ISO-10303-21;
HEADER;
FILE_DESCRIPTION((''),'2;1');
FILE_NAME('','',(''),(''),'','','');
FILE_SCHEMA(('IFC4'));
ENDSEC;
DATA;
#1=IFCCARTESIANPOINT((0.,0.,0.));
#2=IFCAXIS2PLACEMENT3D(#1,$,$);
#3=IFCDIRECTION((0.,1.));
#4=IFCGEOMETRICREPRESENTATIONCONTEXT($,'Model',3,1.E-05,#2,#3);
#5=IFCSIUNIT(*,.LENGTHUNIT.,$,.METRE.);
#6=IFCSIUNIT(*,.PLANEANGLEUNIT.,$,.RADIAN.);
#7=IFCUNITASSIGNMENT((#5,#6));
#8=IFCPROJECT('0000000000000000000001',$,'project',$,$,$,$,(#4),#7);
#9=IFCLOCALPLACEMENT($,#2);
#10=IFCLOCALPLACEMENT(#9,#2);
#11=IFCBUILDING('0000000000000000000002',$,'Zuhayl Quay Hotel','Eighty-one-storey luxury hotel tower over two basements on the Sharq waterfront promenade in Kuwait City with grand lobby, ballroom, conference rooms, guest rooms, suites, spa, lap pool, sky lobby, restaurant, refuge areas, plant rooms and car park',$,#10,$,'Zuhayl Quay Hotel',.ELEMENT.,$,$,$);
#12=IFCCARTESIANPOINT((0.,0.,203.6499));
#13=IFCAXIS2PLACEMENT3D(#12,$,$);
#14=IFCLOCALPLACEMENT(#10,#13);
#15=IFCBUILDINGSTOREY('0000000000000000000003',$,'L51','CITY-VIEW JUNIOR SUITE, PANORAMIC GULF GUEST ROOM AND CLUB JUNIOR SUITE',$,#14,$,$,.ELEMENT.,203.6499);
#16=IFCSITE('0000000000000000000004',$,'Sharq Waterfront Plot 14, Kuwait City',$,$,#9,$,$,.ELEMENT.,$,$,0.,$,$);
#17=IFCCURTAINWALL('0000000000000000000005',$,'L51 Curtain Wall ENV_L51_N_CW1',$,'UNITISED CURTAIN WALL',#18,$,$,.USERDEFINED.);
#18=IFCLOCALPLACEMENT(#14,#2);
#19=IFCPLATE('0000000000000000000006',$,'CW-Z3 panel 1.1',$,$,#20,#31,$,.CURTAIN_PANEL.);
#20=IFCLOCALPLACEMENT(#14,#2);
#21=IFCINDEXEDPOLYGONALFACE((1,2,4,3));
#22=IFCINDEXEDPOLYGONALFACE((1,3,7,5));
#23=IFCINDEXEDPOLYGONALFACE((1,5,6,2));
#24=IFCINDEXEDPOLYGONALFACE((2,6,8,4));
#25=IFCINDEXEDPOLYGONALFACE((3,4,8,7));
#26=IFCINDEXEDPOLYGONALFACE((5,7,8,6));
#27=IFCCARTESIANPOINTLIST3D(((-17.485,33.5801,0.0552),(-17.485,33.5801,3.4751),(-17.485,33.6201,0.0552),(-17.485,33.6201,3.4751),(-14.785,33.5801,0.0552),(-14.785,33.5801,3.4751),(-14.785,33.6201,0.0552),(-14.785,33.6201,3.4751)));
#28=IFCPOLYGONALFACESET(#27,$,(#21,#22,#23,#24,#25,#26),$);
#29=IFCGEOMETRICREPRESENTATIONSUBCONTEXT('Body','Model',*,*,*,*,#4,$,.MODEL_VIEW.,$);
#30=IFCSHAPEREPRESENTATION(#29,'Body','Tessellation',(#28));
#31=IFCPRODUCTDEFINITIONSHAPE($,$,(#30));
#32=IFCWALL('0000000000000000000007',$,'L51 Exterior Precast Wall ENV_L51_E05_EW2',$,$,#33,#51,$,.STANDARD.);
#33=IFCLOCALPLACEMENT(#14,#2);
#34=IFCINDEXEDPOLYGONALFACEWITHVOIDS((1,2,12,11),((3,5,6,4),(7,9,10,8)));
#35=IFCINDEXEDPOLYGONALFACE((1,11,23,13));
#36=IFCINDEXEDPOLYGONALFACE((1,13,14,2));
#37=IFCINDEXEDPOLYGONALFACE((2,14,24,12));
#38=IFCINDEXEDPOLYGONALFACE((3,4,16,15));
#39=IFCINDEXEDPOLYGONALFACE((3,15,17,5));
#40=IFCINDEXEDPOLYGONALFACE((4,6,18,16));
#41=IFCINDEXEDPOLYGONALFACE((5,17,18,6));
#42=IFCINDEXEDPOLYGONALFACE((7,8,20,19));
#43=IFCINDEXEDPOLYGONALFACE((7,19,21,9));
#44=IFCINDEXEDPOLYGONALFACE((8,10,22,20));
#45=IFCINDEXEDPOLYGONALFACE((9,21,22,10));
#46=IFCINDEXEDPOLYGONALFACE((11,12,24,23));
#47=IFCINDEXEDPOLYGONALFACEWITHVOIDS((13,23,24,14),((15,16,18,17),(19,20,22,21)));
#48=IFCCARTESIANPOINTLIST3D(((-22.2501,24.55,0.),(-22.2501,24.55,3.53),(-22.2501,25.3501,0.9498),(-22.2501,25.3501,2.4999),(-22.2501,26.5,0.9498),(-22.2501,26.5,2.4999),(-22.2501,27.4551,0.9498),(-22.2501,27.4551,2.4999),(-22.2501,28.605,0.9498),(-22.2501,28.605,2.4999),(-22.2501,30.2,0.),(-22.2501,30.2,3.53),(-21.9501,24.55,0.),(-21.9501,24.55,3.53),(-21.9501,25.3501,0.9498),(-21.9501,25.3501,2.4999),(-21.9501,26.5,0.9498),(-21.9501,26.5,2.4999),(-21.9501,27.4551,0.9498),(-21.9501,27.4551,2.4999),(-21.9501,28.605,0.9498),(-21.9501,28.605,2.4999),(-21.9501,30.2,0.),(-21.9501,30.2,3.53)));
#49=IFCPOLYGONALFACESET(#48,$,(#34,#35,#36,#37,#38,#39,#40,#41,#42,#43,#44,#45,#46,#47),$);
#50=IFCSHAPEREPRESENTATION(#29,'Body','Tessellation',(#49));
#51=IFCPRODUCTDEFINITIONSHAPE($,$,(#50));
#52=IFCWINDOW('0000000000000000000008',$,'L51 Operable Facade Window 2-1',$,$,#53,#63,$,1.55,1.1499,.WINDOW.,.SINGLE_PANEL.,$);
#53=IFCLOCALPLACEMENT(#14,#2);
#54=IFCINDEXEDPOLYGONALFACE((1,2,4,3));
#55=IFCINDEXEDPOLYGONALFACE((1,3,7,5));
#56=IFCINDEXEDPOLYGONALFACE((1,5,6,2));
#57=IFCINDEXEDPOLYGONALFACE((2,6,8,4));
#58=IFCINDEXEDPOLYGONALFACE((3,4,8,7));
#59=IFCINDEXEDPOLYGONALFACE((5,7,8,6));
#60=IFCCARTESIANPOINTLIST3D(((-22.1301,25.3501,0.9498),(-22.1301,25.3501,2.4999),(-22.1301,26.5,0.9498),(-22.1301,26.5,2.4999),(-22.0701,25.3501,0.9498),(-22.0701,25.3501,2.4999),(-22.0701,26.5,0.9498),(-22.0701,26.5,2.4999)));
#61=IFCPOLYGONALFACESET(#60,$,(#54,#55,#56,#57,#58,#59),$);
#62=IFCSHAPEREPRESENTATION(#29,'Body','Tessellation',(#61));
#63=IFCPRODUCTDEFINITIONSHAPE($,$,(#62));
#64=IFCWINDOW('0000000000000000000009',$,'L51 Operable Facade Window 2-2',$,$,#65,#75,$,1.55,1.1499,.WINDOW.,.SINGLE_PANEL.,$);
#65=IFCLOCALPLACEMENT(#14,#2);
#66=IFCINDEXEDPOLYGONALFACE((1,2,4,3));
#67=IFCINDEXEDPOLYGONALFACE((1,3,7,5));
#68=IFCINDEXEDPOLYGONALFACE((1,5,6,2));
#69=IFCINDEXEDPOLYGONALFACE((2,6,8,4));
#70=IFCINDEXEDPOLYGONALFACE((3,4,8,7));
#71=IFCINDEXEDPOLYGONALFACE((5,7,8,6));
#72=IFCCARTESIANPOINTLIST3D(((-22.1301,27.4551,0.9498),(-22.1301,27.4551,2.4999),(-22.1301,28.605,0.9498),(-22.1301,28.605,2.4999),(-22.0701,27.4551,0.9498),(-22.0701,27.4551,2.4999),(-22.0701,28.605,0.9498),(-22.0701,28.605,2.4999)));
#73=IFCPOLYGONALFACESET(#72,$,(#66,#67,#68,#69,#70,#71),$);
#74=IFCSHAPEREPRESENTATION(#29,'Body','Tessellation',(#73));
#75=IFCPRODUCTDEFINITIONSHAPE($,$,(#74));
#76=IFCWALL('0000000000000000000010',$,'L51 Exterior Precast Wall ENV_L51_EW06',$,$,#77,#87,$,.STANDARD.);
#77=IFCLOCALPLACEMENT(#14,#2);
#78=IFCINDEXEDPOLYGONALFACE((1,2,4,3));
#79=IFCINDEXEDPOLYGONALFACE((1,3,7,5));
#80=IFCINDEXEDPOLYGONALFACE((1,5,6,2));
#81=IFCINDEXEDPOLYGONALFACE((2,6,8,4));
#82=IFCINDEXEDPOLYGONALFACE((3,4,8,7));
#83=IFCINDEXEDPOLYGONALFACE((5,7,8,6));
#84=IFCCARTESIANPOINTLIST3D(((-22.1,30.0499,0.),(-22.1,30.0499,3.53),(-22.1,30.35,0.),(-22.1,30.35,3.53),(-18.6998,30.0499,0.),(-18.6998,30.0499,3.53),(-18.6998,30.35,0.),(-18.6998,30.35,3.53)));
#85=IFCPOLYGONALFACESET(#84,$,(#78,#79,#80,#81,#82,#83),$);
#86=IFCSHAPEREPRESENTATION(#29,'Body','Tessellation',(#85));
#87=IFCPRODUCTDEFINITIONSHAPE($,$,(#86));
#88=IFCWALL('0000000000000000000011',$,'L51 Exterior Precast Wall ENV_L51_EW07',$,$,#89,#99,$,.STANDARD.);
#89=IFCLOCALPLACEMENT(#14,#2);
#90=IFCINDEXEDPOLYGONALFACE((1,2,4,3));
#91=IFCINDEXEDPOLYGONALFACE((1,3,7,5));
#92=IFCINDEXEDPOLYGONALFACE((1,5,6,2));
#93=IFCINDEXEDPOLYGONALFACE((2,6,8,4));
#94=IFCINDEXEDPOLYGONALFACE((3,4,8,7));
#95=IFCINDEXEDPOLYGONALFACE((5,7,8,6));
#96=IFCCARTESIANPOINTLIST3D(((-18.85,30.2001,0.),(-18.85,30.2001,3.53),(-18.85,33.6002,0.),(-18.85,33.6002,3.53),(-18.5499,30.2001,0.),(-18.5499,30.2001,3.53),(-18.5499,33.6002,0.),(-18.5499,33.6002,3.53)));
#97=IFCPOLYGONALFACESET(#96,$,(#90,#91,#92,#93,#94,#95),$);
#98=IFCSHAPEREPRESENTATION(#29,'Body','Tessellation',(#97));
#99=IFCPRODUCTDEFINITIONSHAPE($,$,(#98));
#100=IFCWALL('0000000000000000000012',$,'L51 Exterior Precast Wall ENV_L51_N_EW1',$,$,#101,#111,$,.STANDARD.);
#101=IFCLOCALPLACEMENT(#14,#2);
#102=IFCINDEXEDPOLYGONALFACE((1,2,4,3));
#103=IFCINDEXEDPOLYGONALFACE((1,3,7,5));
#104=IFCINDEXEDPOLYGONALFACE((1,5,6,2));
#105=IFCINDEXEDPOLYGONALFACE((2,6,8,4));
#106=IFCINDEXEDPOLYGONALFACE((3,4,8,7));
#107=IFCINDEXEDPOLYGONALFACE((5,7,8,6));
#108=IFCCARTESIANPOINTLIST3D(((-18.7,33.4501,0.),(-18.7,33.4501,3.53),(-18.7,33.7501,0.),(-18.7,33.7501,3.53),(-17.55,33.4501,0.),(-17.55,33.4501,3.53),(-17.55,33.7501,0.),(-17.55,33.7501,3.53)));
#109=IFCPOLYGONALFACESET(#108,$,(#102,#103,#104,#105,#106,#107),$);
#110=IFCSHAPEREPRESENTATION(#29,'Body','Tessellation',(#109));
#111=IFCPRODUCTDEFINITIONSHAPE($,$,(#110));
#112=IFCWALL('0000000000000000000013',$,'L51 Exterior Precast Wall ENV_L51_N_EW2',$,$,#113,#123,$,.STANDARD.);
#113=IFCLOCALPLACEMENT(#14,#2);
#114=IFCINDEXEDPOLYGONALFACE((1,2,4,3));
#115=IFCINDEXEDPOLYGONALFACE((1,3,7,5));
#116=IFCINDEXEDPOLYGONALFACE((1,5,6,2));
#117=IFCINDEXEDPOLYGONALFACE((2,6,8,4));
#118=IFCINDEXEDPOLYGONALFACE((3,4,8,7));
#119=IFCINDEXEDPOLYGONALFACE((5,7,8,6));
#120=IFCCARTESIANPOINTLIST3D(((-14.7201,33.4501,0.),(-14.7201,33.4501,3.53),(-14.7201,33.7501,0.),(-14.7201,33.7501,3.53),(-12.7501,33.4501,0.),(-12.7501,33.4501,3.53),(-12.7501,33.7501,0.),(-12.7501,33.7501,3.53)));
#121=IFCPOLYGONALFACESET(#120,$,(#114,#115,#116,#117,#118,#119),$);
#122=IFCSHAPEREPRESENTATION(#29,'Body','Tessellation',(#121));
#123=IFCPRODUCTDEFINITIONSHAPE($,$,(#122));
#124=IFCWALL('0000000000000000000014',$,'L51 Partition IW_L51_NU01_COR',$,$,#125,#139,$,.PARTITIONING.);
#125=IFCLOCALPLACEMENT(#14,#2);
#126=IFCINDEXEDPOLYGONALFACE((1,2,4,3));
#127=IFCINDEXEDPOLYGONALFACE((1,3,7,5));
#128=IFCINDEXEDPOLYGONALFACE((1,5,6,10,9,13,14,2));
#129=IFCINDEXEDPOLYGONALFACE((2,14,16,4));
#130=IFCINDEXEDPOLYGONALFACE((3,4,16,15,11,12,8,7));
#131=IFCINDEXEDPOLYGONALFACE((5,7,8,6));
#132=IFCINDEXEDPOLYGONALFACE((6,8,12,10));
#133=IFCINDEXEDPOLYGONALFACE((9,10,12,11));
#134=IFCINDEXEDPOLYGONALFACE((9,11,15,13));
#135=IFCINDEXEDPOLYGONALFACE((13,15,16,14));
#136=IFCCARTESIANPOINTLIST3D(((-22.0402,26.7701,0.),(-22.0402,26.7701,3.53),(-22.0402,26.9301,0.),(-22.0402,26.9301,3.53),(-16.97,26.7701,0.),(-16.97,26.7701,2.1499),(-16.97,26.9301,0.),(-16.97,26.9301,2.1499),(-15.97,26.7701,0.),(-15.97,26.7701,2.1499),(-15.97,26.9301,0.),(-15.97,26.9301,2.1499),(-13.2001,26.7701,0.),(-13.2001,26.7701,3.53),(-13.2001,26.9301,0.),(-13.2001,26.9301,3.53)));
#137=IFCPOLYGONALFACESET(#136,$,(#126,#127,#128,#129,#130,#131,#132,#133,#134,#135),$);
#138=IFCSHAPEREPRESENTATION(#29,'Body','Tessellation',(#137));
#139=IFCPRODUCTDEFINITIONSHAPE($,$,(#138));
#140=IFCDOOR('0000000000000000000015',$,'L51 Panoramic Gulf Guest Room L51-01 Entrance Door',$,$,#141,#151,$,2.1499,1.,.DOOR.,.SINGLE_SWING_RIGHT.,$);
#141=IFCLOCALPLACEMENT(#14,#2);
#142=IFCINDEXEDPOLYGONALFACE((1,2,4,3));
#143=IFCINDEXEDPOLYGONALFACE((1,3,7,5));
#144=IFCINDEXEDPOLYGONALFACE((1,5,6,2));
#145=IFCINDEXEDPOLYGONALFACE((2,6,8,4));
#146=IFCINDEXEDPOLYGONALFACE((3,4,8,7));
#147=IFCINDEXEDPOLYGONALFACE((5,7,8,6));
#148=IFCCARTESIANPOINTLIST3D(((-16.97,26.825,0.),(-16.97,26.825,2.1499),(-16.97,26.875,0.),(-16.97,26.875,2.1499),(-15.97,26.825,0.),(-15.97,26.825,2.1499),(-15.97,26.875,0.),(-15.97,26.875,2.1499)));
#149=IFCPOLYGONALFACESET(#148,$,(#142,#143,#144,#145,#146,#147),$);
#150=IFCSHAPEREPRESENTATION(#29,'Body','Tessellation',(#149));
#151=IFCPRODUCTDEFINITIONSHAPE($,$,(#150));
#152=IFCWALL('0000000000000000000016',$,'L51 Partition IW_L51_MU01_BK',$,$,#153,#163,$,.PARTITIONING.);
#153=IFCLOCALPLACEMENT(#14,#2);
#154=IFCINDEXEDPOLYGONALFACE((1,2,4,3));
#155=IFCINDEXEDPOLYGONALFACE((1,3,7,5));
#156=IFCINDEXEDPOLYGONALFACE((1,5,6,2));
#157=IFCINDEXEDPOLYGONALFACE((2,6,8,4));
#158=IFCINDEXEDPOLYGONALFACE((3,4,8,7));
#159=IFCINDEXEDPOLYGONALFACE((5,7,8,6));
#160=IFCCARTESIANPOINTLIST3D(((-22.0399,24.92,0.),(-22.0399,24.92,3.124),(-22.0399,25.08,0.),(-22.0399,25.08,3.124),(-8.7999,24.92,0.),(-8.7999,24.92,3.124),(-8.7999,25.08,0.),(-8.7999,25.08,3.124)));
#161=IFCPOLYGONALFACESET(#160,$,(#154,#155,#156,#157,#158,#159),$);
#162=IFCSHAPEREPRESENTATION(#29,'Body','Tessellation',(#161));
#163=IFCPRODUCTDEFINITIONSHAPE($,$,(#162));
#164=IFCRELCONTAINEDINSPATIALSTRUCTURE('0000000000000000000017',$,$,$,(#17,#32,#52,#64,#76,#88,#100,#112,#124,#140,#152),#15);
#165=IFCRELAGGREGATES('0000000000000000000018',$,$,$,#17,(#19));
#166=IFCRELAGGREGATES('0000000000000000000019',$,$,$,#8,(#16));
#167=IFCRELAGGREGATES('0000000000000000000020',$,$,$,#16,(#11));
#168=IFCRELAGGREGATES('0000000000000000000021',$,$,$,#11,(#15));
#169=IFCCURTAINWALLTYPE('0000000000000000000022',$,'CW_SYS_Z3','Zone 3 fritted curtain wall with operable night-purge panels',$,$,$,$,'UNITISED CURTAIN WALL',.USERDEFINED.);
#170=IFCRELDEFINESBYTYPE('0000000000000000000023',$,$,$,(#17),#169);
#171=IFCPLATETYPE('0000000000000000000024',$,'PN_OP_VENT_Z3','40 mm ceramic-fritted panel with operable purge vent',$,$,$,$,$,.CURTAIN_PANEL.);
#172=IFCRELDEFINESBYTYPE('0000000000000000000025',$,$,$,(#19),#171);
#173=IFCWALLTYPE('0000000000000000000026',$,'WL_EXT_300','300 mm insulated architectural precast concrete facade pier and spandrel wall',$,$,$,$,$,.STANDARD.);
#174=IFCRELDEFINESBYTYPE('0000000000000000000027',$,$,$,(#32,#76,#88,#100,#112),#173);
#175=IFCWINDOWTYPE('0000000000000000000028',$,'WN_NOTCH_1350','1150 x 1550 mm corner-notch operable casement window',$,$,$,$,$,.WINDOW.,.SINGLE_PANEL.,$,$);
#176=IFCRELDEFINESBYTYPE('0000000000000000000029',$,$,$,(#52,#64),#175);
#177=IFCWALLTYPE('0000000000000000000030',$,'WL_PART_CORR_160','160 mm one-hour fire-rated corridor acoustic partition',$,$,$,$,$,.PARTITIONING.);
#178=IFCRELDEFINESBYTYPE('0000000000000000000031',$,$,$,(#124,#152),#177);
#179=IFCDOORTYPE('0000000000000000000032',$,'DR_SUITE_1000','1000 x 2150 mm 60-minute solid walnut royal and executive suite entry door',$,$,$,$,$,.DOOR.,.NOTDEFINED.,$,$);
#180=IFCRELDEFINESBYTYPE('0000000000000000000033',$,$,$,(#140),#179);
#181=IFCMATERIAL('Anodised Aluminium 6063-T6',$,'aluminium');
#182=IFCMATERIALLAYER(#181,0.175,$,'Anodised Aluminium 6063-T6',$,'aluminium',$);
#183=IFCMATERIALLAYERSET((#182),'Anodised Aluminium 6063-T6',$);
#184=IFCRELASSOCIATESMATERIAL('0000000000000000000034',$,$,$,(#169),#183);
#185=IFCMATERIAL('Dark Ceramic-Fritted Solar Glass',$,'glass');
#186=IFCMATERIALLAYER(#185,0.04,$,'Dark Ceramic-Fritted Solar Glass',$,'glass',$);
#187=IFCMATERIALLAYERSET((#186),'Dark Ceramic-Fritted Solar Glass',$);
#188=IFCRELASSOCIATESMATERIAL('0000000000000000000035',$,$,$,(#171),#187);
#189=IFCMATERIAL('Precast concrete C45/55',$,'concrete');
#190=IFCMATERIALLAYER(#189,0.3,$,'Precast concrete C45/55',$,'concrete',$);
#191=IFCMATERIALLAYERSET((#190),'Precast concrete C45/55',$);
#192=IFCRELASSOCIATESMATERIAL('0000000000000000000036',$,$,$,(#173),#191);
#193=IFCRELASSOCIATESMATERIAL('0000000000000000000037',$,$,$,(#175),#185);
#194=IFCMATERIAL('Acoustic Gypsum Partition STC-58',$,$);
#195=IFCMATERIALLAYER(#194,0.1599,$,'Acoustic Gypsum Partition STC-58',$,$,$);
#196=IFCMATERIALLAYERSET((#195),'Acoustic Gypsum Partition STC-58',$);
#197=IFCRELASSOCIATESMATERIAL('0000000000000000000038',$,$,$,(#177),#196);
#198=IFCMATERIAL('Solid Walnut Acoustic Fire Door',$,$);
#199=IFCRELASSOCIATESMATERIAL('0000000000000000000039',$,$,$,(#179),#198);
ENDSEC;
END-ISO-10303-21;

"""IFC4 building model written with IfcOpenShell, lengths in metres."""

from ifc_helpers import new_model, si_unit, direction, frame, frame_2d, origin, origin_2d, place, context, subcontext, project, spatial, rectangle, extrude, material, layer, layer_set, type_object, element, fill, aggregate, save


model = new_model("IFC4")

# Units and contexts
model_context = context("Model", 3, precision=1e-05, world=origin(), true_north=direction((0.0, 1.0)))
body_context = subcontext(model_context, "Body", "Model", "MODEL_VIEW")
ifc_project = project(units=[si_unit("LENGTHUNIT", "METRE"), si_unit("PLANEANGLEUNIT", "RADIAN")], contexts=[model_context])

# Site, building, storey
site_placement = place(None, origin())
site = spatial("IfcSite", under=ifc_project, at=site_placement, Name="Sharq Waterfront Plot 14, Kuwait City", CompositionType="ELEMENT", RefElevation=0.0)
building_placement = place(site_placement, origin())
building = spatial("IfcBuilding", under=site, at=building_placement, Name="Zuhayl Quay Hotel", Description="Eighty-one-storey luxury hotel tower over two basements on the Sharq waterfront promenade in Kuwait City with grand lobby, ballroom, conference rooms, guest rooms, suites, spa, lap pool, sky lobby, restaurant, refuge areas, plant rooms and car park", LongName="Zuhayl Quay Hotel", CompositionType="ELEMENT")
storey_placement = place(building_placement, frame((0.0, 0.0, 203.6499)))
storey = spatial("IfcBuildingStorey", under=building, at=storey_placement, Name="L51", Description="CITY-VIEW JUNIOR SUITE, PANORAMIC GULF GUEST ROOM AND CLUB JUNIOR SUITE", CompositionType="ELEMENT", Elevation=203.6499)

# Shared definitions
ifc_material_1 = material(Name="Anodised Aluminium 6063-T6", Category="aluminium")
ifc_layer_1 = layer(ifc_material_1, 0.175, Name="Anodised Aluminium 6063-T6", Category="aluminium")
ifc_layer_set_1 = layer_set([ifc_layer_1], Name="Anodised Aluminium 6063-T6")
curtain_wall_type = type_object("IfcCurtainWallType", Name="CW_SYS_Z3", Description="Zone 3 fritted curtain wall with operable night-purge panels", ElementType="UNITISED CURTAIN WALL", PredefinedType="USERDEFINED", material=ifc_layer_set_1)

# Curtain wall, plate
curtain_wall_1_placement = place(storey_placement, origin())
curtain_wall_1 = element("IfcCurtainWall", 1, at=curtain_wall_1_placement, inside=storey, type_object=curtain_wall_type, Name="L51 Curtain Wall ENV_L51_N_CW1", ObjectType="UNITISED CURTAIN WALL", PredefinedType="USERDEFINED")
ifc_material_2 = material(Name="Dark Ceramic-Fritted Solar Glass", Category="glass")
ifc_layer_2 = layer(ifc_material_2, 0.04, Name="Dark Ceramic-Fritted Solar Glass", Category="glass")
ifc_layer_set_2 = layer_set([ifc_layer_2], Name="Dark Ceramic-Fritted Solar Glass")
plate_type = type_object("IfcPlateType", Name="PN_OP_VENT_Z3", Description="40 mm ceramic-fritted panel with operable purge vent", PredefinedType="CURTAIN_PANEL", material=ifc_layer_set_2)
plate_placement = place(storey_placement, frame((-16.135, 33.6001, 0.0552), z_axis=(0.0, 0.0, 1.0), x_axis=(1.0, 0.0, 0.0)))
plate = element("IfcPlate", 2, at=plate_placement, type_object=plate_type, Name="CW-Z3 panel 1.1", PredefinedType="CURTAIN_PANEL", context=body_context, shape_type="SweptSolid", body=[
    extrude(rectangle(XDim=2.7, YDim=0.04, at=origin_2d()), origin(), (0.0, 0.0, 1.0), 3.4199),
])
aggregate(curtain_wall_1, [plate])

# Wall, openings, windows
ifc_material_3 = material(Name="Precast concrete C45/55", Category="concrete")
ifc_layer_3 = layer(ifc_material_3, 0.3, Name="Precast concrete C45/55", Category="concrete")
ifc_layer_set_3 = layer_set([ifc_layer_3], Name="Precast concrete C45/55")
wall_type_1 = type_object("IfcWallType", Name="WL_EXT_300", Description="300 mm insulated architectural precast concrete facade pier and spandrel wall", PredefinedType="STANDARD", material=ifc_layer_set_3)
wall_1_placement = place(storey_placement, frame((-22.1001, 24.55, 0.0), z_axis=(0.0, 0.0, 1.0), x_axis=(0.0, 1.0, 0.0)))
wall_1 = element("IfcWall", 3, at=wall_1_placement, inside=storey, type_object=wall_type_1, Name="L51 Exterior Precast Wall ENV_L51_E05_EW2", PredefinedType="STANDARD", context=body_context, shape_type="SweptSolid", body=[
    extrude(rectangle(XDim=5.6499, YDim=0.3, at=frame_2d((2.825, 0.0))), origin(), (0.0, 0.0, 1.0), 3.53),
])
opening_1_placement = place(wall_1_placement, frame((0.8, 0.0, 0.95)))
opening_1 = element("IfcOpeningElement", 4, at=opening_1_placement, cuts=wall_1, PredefinedType="OPENING", context=body_context, shape_type="SweptSolid", body=[
    extrude(rectangle(XDim=1.1499, YDim=1.55, at=frame_2d((0.575, 0.7749))), frame((0.0, 0.1599, 0.0), z_axis=(0.0, -1.0, 0.0), x_axis=(1.0, 0.0, 0.0)), (0.0, 0.0, 1.0), 0.3201),
])
opening_2_placement = place(wall_1_placement, frame((2.905, 0.0, 0.95)))
opening_2 = element("IfcOpeningElement", 5, at=opening_2_placement, cuts=wall_1, PredefinedType="OPENING", context=body_context, shape_type="SweptSolid", body=[
    extrude(rectangle(XDim=1.1499, YDim=1.55, at=frame_2d((0.575, 0.7749))), frame((0.0, 0.1599, 0.0), z_axis=(0.0, -1.0, 0.0), x_axis=(1.0, 0.0, 0.0)), (0.0, 0.0, 1.0), 0.3201),
])
window_type = type_object("IfcWindowType", Name="WN_NOTCH_1350", Description="1150 x 1550 mm corner-notch operable casement window", PartitioningType="SINGLE_PANEL", PredefinedType="WINDOW", material=ifc_material_2)
window_1_placement = place(opening_1_placement, origin())
window_1 = element("IfcWindow", 6, at=window_1_placement, inside=storey, type_object=window_type, Name="L51 Operable Facade Window 2-1", OverallHeight=1.55, OverallWidth=1.1499, PartitioningType="SINGLE_PANEL", PredefinedType="WINDOW", context=body_context, shape_type="SweptSolid", body=[
    extrude(rectangle(XDim=1.1499, YDim=1.55, at=frame_2d((0.575, 0.7749))), frame((0.0, 0.03, 0.0), z_axis=(0.0, -1.0, 0.0), x_axis=(1.0, 0.0, 0.0)), (0.0, 0.0, 1.0), 0.0601),
])
fill(opening_1, window_1)
window_2_placement = place(opening_2_placement, origin())
window_2 = element("IfcWindow", 7, at=window_2_placement, inside=storey, type_object=window_type, Name="L51 Operable Facade Window 2-2", OverallHeight=1.55, OverallWidth=1.1499, PartitioningType="SINGLE_PANEL", PredefinedType="WINDOW", context=body_context, shape_type="SweptSolid", body=[
    extrude(rectangle(XDim=1.1499, YDim=1.55, at=frame_2d((0.575, 0.7749))), frame((0.0, 0.03, 0.0), z_axis=(0.0, -1.0, 0.0), x_axis=(1.0, 0.0, 0.0)), (0.0, 0.0, 1.0), 0.0601),
])
fill(opening_2, window_2)

# Walls
for number, where, z_axis, x_axis, name in (
    (8, (-22.1001, 30.2, 0.0), (0.0, 0.0, 1.0), (1.0, 0.0, 0.0), "L51 Exterior Precast Wall ENV_L51_EW06"),
    (9, (-18.7, 30.2, 0.0), (0.0, 0.0, 1.0), (0.0, 1.0, 0.0), "L51 Exterior Precast Wall ENV_L51_EW07"),
):
    element("IfcWall", number, at=place(storey_placement, frame(where, z_axis=z_axis, x_axis=x_axis)), inside=storey, type_object=wall_type_1, Name=name, PredefinedType="STANDARD", context=body_context, shape_type="SweptSolid", body=[
        extrude(rectangle(XDim=3.4001, YDim=0.3, at=frame_2d((1.7002, 0.0))), origin(), (0.0, 0.0, 1.0), 3.53),
    ])
wall_2_placement = place(storey_placement, frame((-18.7, 33.6001, 0.0), z_axis=(0.0, 0.0, 1.0), x_axis=(1.0, 0.0, 0.0)))
element("IfcWall", 10, at=wall_2_placement, inside=storey, type_object=wall_type_1, Name="L51 Exterior Precast Wall ENV_L51_N_EW1", PredefinedType="STANDARD", context=body_context, shape_type="SweptSolid", body=[
    extrude(rectangle(XDim=1.1499, YDim=0.3, at=frame_2d((0.575, 0.0))), origin(), (0.0, 0.0, 1.0), 3.53),
])
wall_3_placement = place(storey_placement, frame((-14.72, 33.6001, 0.0), z_axis=(0.0, 0.0, 1.0), x_axis=(1.0, 0.0, 0.0)))
element("IfcWall", 11, at=wall_3_placement, inside=storey, type_object=wall_type_1, Name="L51 Exterior Precast Wall ENV_L51_N_EW2", PredefinedType="STANDARD", context=body_context, shape_type="SweptSolid", body=[
    extrude(rectangle(XDim=1.97, YDim=0.3, at=frame_2d((0.9849, 0.0))), origin(), (0.0, 0.0, 1.0), 3.53),
])

# Wall, opening, door
ifc_material_4 = material(Name="Acoustic Gypsum Partition STC-58")
ifc_layer_4 = layer(ifc_material_4, 0.1599, Name="Acoustic Gypsum Partition STC-58")
ifc_layer_set_4 = layer_set([ifc_layer_4], Name="Acoustic Gypsum Partition STC-58")
wall_type_2 = type_object("IfcWallType", Name="WL_PART_CORR_160", Description="160 mm one-hour fire-rated corridor acoustic partition", PredefinedType="PARTITIONING", material=ifc_layer_set_4)
wall_4_placement = place(storey_placement, frame((-22.04, 26.8501, 0.0), z_axis=(0.0, 0.0, 1.0), x_axis=(1.0, 0.0, 0.0)))
wall_4 = element("IfcWall", 12, at=wall_4_placement, inside=storey, type_object=wall_type_2, Name="L51 Partition IW_L51_NU01_COR", PredefinedType="PARTITIONING", context=body_context, shape_type="SweptSolid", body=[
    extrude(rectangle(XDim=8.8401, YDim=0.1599, at=frame_2d((4.4199, 0.0))), origin(), (0.0, 0.0, 1.0), 3.53),
])
opening_3_placement = place(wall_4_placement, frame((5.0701, 0.0, 0.0)))
opening_3 = element("IfcOpeningElement", 13, at=opening_3_placement, cuts=wall_4, PredefinedType="OPENING", context=body_context, shape_type="SweptSolid", body=[
    extrude(rectangle(XDim=1.0, YDim=2.1499, at=frame_2d((0.5, 1.075))), frame((0.0, 0.0898, 0.0), z_axis=(0.0, -1.0, 0.0), x_axis=(1.0, 0.0, 0.0)), (0.0, 0.0, 1.0), 0.1799),
])
ifc_material_5 = material(Name="Solid Walnut Acoustic Fire Door")
door_type_1 = type_object("IfcDoorType", Name="DR_SUITE_1000", Description="1000 x 2150 mm 60-minute solid walnut royal and executive suite entry door", OperationType="NOTDEFINED", PredefinedType="DOOR", material=ifc_material_5)
door_1_placement = place(opening_3_placement, origin())
door_1 = element("IfcDoor", 14, at=door_1_placement, inside=storey, type_object=door_type_1, Name="L51 Panoramic Gulf Guest Room L51-01 Entrance Door", OperationType="SINGLE_SWING_RIGHT", OverallHeight=2.1499, OverallWidth=1.0, PredefinedType="DOOR", context=body_context, shape_type="SweptSolid", body=[
    extrude(rectangle(XDim=1.0, YDim=2.1499, at=frame_2d((0.5, 1.075))), frame((0.0, 0.0249, 0.0), z_axis=(0.0, -1.0, 0.0), x_axis=(1.0, 0.0, 0.0)), (0.0, 0.0, 1.0), 0.05),
])
fill(opening_3, door_1)

# Wall
wall_5_placement = place(storey_placement, frame((-22.04, 25.0, 0.0), z_axis=(0.0, 0.0, 1.0), x_axis=(1.0, 0.0, 0.0)))
element("IfcWall", 15, at=wall_5_placement, inside=storey, type_object=wall_type_2, Name="L51 Partition IW_L51_MU01_BK", PredefinedType="PARTITIONING", context=body_context, shape_type="SweptSolid", body=[
    extrude(rectangle(XDim=13.24, YDim=0.1599, at=frame_2d((6.6201, 0.0))), origin(), (0.0, 0.0, 1.0), 3.124),
])

save(model, "model.ifc")
